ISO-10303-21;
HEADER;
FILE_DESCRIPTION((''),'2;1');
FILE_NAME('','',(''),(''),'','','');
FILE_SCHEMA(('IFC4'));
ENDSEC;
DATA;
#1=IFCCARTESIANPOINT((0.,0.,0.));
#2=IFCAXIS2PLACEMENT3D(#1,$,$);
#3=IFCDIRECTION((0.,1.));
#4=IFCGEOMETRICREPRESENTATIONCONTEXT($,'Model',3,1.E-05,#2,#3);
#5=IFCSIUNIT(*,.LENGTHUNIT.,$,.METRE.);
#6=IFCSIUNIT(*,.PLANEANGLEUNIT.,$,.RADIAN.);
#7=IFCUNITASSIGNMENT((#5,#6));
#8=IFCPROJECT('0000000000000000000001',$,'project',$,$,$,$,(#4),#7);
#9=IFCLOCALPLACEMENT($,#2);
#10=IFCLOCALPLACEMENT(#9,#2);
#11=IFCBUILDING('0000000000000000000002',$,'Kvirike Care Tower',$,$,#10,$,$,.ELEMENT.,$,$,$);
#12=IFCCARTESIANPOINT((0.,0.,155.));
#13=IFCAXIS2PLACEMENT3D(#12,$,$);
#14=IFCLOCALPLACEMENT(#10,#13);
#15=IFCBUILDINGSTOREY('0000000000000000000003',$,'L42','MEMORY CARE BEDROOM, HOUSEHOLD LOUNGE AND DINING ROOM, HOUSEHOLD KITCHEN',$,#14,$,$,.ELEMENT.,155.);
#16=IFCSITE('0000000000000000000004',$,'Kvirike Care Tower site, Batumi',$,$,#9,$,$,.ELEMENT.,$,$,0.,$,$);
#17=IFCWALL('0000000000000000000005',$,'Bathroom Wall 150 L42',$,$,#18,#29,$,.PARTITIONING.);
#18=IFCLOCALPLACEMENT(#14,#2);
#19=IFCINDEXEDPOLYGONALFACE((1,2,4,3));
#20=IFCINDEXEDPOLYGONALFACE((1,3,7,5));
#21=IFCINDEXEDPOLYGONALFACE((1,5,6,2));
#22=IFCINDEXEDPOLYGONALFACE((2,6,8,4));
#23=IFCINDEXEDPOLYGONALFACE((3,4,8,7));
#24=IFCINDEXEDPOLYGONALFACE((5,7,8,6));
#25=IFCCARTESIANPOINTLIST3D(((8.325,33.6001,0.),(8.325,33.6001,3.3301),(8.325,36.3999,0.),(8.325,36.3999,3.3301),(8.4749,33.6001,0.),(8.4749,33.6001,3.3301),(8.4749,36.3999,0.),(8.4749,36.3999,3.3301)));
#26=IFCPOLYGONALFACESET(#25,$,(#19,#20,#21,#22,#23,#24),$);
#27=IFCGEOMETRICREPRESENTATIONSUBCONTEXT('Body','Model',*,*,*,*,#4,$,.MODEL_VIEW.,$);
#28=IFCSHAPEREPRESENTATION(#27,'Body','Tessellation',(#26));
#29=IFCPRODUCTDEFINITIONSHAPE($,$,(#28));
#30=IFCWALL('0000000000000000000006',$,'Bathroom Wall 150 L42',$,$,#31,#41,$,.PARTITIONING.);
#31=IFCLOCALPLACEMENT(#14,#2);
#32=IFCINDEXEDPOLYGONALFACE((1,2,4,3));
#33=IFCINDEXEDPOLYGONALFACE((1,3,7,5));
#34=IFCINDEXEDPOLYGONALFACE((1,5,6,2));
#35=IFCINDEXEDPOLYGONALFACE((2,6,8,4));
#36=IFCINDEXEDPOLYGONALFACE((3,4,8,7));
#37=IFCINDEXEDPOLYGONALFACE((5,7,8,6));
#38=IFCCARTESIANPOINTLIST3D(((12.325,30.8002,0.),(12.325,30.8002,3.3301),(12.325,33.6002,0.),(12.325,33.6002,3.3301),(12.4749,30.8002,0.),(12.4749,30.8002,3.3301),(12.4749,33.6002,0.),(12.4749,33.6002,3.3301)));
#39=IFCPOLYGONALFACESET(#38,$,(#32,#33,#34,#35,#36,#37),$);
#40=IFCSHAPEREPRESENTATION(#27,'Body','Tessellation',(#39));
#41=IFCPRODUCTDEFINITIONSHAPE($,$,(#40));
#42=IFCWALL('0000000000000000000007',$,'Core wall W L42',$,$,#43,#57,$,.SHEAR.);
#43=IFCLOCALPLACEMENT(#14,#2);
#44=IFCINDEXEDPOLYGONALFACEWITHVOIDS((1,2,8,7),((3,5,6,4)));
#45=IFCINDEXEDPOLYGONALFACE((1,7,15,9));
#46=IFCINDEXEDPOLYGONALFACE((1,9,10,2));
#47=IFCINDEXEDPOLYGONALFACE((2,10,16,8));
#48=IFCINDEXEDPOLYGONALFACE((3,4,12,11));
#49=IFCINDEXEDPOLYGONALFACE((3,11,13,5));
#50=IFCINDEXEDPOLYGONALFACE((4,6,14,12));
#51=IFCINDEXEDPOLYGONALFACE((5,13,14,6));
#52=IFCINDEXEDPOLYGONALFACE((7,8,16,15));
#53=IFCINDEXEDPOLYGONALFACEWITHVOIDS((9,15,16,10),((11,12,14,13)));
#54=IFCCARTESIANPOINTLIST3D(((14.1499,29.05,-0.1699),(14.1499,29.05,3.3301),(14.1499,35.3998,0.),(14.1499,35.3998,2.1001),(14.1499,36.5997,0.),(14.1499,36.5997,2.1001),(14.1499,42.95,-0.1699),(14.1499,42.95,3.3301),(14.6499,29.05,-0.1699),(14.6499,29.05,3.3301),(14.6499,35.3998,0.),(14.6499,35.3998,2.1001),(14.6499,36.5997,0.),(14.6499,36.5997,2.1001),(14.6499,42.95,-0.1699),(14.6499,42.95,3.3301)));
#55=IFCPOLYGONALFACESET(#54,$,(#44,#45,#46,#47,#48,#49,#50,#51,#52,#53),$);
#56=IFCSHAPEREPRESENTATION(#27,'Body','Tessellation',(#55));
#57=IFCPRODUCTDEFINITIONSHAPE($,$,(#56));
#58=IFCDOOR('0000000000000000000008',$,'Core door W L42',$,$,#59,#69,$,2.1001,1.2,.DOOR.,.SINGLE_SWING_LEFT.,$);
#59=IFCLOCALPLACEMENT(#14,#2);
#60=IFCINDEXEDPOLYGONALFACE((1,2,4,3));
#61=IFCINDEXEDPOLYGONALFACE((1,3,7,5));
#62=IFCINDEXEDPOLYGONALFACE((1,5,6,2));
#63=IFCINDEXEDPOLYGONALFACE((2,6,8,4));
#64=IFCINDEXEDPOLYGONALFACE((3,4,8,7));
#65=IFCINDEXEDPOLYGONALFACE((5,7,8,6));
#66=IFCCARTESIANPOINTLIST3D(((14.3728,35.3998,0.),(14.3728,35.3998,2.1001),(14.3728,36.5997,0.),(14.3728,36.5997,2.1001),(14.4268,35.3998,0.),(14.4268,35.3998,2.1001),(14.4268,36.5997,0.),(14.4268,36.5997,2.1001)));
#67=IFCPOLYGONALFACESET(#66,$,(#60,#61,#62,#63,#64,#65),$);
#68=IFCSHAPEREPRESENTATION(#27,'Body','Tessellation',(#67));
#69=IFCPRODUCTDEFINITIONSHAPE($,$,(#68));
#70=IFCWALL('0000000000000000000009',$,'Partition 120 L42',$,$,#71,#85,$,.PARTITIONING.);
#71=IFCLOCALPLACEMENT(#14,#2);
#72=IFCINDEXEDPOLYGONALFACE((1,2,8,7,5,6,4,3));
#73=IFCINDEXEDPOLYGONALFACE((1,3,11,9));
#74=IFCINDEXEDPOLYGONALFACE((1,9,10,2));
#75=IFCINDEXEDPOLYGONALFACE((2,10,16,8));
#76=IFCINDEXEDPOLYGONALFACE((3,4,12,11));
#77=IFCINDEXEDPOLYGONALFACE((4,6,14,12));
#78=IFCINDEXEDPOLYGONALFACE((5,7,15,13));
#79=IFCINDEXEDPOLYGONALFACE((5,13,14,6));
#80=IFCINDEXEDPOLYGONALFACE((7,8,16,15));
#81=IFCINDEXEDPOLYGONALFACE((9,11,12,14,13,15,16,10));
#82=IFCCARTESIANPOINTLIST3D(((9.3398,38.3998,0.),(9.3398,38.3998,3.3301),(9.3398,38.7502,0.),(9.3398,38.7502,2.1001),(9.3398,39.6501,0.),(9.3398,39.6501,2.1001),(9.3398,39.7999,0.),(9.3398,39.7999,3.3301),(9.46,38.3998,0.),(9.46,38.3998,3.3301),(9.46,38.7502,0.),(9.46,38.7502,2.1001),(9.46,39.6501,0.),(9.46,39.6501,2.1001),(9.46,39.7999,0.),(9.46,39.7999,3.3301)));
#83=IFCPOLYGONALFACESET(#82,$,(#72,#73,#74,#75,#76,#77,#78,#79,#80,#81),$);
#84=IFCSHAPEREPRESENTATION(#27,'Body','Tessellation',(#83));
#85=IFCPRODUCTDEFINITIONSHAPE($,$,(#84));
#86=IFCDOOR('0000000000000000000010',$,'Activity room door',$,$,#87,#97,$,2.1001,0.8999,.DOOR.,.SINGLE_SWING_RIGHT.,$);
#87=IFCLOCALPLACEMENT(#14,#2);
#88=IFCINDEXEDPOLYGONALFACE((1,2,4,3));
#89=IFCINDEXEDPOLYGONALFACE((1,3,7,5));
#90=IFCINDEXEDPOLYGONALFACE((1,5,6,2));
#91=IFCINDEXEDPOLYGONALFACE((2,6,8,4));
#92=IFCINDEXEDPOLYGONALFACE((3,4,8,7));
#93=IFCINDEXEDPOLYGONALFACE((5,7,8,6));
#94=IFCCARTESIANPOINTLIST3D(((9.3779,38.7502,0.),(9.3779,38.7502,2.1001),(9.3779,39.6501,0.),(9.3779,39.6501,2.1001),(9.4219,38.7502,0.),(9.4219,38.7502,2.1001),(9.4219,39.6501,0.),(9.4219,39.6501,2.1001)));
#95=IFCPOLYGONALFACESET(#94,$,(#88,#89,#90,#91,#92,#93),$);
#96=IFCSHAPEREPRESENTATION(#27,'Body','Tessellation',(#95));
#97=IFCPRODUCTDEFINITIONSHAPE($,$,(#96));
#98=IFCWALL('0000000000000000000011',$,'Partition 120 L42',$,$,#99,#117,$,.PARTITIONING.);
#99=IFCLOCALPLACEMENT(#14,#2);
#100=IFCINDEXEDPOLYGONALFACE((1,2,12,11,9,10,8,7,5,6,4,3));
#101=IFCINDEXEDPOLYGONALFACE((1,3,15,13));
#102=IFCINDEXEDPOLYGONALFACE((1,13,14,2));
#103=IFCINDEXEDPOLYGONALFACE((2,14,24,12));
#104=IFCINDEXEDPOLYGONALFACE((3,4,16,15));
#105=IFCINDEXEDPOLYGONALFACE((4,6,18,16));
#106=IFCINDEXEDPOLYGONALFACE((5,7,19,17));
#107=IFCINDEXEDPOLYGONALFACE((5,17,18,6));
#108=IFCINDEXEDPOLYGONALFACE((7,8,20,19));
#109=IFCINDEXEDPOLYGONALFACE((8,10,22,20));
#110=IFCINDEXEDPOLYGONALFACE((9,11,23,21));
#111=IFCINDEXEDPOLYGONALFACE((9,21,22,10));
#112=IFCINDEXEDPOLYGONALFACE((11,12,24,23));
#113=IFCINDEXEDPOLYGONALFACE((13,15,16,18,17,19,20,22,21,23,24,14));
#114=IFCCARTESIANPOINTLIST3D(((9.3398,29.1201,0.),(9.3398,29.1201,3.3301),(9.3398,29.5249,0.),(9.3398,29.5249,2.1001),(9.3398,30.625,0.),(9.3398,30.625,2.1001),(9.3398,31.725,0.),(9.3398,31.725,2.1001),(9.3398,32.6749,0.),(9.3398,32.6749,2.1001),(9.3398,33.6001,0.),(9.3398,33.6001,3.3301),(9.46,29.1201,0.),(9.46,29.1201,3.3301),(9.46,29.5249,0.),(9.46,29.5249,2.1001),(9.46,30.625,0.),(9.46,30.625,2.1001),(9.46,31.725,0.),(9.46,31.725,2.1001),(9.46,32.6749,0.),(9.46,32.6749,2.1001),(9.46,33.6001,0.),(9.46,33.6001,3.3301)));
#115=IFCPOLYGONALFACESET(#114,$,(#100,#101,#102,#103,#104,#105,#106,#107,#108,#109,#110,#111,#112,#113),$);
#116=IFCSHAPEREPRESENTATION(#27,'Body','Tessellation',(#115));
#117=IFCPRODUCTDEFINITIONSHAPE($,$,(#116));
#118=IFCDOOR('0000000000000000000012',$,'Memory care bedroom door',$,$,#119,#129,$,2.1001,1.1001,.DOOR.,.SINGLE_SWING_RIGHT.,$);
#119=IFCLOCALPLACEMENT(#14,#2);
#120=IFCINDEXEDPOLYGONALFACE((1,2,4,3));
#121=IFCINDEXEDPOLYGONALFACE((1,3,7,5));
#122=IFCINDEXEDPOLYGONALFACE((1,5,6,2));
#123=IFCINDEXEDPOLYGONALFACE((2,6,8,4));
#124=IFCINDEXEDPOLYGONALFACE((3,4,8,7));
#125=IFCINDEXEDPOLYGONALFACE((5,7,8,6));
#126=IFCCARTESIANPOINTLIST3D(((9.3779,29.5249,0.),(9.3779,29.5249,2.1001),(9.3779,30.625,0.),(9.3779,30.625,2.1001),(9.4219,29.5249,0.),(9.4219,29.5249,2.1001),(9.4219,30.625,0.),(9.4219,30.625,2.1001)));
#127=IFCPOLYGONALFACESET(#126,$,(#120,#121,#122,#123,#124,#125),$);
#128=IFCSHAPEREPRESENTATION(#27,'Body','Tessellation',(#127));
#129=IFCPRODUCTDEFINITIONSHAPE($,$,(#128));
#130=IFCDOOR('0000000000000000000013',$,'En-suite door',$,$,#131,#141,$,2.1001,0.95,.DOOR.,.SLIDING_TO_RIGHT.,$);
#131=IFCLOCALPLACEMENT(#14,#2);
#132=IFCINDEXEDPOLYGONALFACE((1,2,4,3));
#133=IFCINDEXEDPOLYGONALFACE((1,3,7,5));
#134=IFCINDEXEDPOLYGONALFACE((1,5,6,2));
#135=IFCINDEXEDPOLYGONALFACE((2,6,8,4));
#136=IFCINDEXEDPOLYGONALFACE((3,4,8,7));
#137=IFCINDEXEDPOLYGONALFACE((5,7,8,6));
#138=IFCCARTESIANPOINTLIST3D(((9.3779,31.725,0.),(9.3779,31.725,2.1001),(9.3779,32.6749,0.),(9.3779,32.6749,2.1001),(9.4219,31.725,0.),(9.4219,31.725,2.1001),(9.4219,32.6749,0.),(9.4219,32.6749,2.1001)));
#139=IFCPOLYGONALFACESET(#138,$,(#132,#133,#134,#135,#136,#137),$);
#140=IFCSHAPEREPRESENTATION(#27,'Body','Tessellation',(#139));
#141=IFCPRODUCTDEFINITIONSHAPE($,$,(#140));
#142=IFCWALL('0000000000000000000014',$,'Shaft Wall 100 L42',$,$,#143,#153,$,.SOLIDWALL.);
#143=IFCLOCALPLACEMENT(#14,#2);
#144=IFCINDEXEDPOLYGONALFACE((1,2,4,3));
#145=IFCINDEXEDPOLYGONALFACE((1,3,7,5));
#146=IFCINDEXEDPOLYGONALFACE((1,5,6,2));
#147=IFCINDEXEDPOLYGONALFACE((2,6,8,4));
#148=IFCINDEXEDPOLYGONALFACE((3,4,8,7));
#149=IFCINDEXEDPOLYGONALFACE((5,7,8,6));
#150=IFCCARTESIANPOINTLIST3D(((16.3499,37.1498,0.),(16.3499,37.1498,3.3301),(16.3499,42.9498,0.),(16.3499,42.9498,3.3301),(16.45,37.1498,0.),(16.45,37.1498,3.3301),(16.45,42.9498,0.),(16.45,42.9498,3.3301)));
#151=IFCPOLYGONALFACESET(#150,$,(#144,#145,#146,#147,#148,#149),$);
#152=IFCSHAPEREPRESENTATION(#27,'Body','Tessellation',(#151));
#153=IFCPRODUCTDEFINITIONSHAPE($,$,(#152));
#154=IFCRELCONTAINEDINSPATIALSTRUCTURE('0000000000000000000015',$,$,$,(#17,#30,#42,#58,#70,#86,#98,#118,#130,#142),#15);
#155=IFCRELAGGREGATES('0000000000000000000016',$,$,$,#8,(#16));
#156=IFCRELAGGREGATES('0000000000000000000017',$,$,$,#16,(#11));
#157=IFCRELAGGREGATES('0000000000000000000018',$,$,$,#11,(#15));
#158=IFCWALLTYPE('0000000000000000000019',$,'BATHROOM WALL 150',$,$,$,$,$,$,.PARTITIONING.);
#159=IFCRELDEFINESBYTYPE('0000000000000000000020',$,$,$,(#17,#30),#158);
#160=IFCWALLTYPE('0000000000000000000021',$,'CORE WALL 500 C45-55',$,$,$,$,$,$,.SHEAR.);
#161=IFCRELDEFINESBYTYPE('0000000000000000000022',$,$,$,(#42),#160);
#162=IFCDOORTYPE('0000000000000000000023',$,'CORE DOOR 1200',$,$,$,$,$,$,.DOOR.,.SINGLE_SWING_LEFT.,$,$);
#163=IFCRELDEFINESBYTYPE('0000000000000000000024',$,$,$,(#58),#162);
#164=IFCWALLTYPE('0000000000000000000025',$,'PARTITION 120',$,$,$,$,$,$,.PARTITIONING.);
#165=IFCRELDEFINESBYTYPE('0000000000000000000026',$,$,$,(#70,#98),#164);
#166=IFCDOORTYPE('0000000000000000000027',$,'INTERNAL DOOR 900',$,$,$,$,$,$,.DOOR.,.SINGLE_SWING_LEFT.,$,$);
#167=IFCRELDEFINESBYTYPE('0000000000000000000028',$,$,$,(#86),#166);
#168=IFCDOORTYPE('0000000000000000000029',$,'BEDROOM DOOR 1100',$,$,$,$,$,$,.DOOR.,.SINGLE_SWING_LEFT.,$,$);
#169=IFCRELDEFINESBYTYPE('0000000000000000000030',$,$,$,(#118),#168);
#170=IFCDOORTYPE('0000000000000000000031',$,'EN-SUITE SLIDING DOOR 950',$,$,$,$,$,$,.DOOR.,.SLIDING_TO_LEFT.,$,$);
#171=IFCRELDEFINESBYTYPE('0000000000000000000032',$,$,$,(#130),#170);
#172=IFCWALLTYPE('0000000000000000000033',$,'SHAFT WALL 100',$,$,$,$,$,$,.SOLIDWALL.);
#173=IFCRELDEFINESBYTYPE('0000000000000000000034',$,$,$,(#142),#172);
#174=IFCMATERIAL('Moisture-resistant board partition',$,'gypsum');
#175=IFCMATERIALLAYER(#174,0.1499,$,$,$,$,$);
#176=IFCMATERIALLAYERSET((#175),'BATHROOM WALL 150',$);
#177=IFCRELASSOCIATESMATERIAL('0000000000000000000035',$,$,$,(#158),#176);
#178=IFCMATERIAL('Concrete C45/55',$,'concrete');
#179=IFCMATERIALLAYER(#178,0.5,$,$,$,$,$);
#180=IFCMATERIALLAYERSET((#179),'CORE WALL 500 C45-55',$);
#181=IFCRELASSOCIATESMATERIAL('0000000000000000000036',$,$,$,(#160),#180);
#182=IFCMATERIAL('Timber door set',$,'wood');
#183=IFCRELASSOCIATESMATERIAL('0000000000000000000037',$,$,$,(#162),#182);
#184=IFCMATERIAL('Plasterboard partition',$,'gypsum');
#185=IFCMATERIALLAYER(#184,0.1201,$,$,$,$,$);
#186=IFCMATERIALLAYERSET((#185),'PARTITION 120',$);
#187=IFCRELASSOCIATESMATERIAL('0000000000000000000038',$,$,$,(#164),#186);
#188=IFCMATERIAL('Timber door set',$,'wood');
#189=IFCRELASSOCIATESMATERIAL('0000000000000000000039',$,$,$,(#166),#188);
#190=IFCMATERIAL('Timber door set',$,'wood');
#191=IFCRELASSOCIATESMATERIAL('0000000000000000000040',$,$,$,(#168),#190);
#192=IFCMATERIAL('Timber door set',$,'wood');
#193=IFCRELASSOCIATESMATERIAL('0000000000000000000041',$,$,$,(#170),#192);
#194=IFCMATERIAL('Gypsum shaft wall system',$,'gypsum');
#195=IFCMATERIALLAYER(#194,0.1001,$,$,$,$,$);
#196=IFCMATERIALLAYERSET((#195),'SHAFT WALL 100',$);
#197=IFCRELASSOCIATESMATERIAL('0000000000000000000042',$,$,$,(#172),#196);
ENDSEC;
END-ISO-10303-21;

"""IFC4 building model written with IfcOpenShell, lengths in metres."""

from ifc_helpers import new_model, si_unit, direction, frame, frame_2d, origin, place, context, subcontext, project, spatial, rectangle, extrude, material, layer, layer_set, type_object, element, fill, save


model = new_model("IFC4")

# Units and contexts
model_context = context("Model", 3, precision=1e-05, world=origin(), true_north=direction((0.0, 1.0)))
body_context = subcontext(model_context, "Body", "Model", "MODEL_VIEW")
ifc_project = project(units=[si_unit("LENGTHUNIT", "METRE"), si_unit("PLANEANGLEUNIT", "RADIAN")], contexts=[model_context])

# Site, building, storey
site_placement = place(None, origin())
site = spatial("IfcSite", under=ifc_project, at=site_placement, Name="Kvirike Care Tower site, Batumi", CompositionType="ELEMENT", RefElevation=0.0)
building_placement = place(site_placement, origin())
building = spatial("IfcBuilding", under=site, at=building_placement, Name="Kvirike Care Tower", CompositionType="ELEMENT")
storey_placement = place(building_placement, frame((0.0, 0.0, 155.0)))
storey = spatial("IfcBuildingStorey", under=building, at=storey_placement, Name="L42", Description="MEMORY CARE BEDROOM, HOUSEHOLD LOUNGE AND DINING ROOM, HOUSEHOLD KITCHEN", CompositionType="ELEMENT", Elevation=155.0)

# Walls
ifc_material_1 = material(Name="Moisture-resistant board partition", Category="gypsum")
ifc_layer_1 = layer(ifc_material_1, 0.1499)
ifc_layer_set_1 = layer_set([ifc_layer_1], Name="BATHROOM WALL 150")
wall_type_1 = type_object("IfcWallType", Name="BATHROOM WALL 150", PredefinedType="PARTITIONING", material=ifc_layer_set_1)
wall_1_placement = place(storey_placement, frame((8.3999, 36.3999, 0.0), z_axis=(0.0, 0.0, 1.0), x_axis=(0.0, -1.0, 0.0)))
element("IfcWall", 1, at=wall_1_placement, inside=storey, type_object=wall_type_1, Name="Bathroom Wall 150 L42", PredefinedType="PARTITIONING", context=body_context, shape_type="SweptSolid", body=[
    extrude(rectangle(XDim=2.7998, YDim=0.1499, at=frame_2d((1.3999, 0.0))), origin(), (0.0, 0.0, 1.0), 3.3301),
])
wall_2_placement = place(storey_placement, frame((12.3999, 33.6001, 0.0), z_axis=(0.0, 0.0, 1.0), x_axis=(0.0, -1.0, 0.0)))
element("IfcWall", 2, at=wall_2_placement, inside=storey, type_object=wall_type_1, Name="Bathroom Wall 150 L42", PredefinedType="PARTITIONING", context=body_context, shape_type="SweptSolid", body=[
    extrude(rectangle(XDim=2.8, YDim=0.1499, at=frame_2d((1.3999, 0.0))), origin(), (0.0, 0.0, 1.0), 3.3301),
])

# Walls, openings, doors
ifc_material_2 = material(Name="Concrete C45/55", Category="concrete")
ifc_layer_2 = layer(ifc_material_2, 0.5)
ifc_layer_set_2 = layer_set([ifc_layer_2], Name="CORE WALL 500 C45-55")
wall_type_2 = type_object("IfcWallType", Name="CORE WALL 500 C45-55", PredefinedType="SHEAR", material=ifc_layer_set_2)
wall_3_placement = place(storey_placement, frame((14.3999, 42.95, -0.1699), z_axis=(0.0, 0.0, 1.0), x_axis=(0.0, -1.0, 0.0)))
wall_3 = element("IfcWall", 3, at=wall_3_placement, inside=storey, type_object=wall_type_2, Name="Core wall W L42", PredefinedType="SHEAR", context=body_context, shape_type="SweptSolid", body=[
    extrude(rectangle(XDim=13.8999, YDim=0.5, at=frame_2d((6.95, 0.0))), origin(), (0.0, 0.0, 1.0), 3.5),
])
opening_1_placement = place(wall_3_placement, frame((6.3501, 0.0, 0.1699)))
opening_1 = element("IfcOpeningElement", 4, at=opening_1_placement, cuts=wall_3, PredefinedType="OPENING", context=body_context, shape_type="SweptSolid", body=[
    extrude(rectangle(XDim=1.2, YDim=2.1001, at=frame_2d((0.6001, 1.05))), frame((0.0, 0.2605, 0.0), z_axis=(0.0, -1.0, 0.0), x_axis=(1.0, 0.0, 0.0)), (0.0, 0.0, 1.0), 0.521),
])
ifc_material_3 = material(Name="Timber door set", Category="wood")
door_type_1 = type_object("IfcDoorType", Name="CORE DOOR 1200", OperationType="SINGLE_SWING_LEFT", PredefinedType="DOOR", material=ifc_material_3)
door_1_placement = place(opening_1_placement, origin())
door_1 = element("IfcDoor", 5, at=door_1_placement, inside=storey, type_object=door_type_1, Name="Core door W L42", OperationType="SINGLE_SWING_LEFT", OverallHeight=2.1001, OverallWidth=1.2, PredefinedType="DOOR", context=body_context, shape_type="SweptSolid", body=[
    extrude(rectangle(XDim=1.2, YDim=2.1001, at=frame_2d((0.6001, 1.05))), frame((0.0, 0.0269, 0.0), z_axis=(0.0, -1.0, 0.0), x_axis=(1.0, 0.0, 0.0)), (0.0, 0.0, 1.0), 0.054),
])
fill(opening_1, door_1)
ifc_material_4 = material(Name="Plasterboard partition", Category="gypsum")
ifc_layer_3 = layer(ifc_material_4, 0.1201)
ifc_layer_set_3 = layer_set([ifc_layer_3], Name="PARTITION 120")
wall_type_3 = type_object("IfcWallType", Name="PARTITION 120", PredefinedType="PARTITIONING", material=ifc_layer_set_3)
wall_4_placement = place(storey_placement, frame((9.3999, 39.8, 0.0), z_axis=(0.0, 0.0, 1.0), x_axis=(0.0, -1.0, 0.0)))
wall_4 = element("IfcWall", 6, at=wall_4_placement, inside=storey, type_object=wall_type_3, Name="Partition 120 L42", PredefinedType="PARTITIONING", context=body_context, shape_type="SweptSolid", body=[
    extrude(rectangle(XDim=1.4001, YDim=0.1201, at=frame_2d((0.7002, 0.0))), origin(), (0.0, 0.0, 1.0), 3.3301),
])
opening_2_placement = place(wall_4_placement, frame((0.1499, 0.0, 0.0)))
opening_2 = element("IfcOpeningElement", 7, at=opening_2_placement, cuts=wall_4, PredefinedType="OPENING", context=body_context, shape_type="SweptSolid", body=[
    extrude(rectangle(XDim=0.8999, YDim=2.1001, at=frame_2d((0.45, 1.05))), frame((0.0, 0.0706, 0.0), z_axis=(0.0, -1.0, 0.0), x_axis=(1.0, 0.0, 0.0)), (0.0, 0.0, 1.0), 0.1411),
])
ifc_material_5 = material(Name="Timber door set", Category="wood")
door_type_2 = type_object("IfcDoorType", Name="INTERNAL DOOR 900", OperationType="SINGLE_SWING_LEFT", PredefinedType="DOOR", material=ifc_material_5)
door_2_placement = place(opening_2_placement, origin())
door_2 = element("IfcDoor", 8, at=door_2_placement, inside=storey, type_object=door_type_2, Name="Activity room door", OperationType="SINGLE_SWING_RIGHT", OverallHeight=2.1001, OverallWidth=0.8999, PredefinedType="DOOR", context=body_context, shape_type="SweptSolid", body=[
    extrude(rectangle(XDim=0.8999, YDim=2.1001, at=frame_2d((0.45, 1.05))), frame((0.0, 0.022, 0.0), z_axis=(0.0, -1.0, 0.0), x_axis=(1.0, 0.0, 0.0)), (0.0, 0.0, 1.0), 0.0439),
])
fill(opening_2, door_2)

# Wall, openings, doors
wall_5_placement = place(storey_placement, frame((9.3999, 33.6001, 0.0), z_axis=(0.0, 0.0, 1.0), x_axis=(0.0, -1.0, 0.0)))
wall_5 = element("IfcWall", 9, at=wall_5_placement, inside=storey, type_object=wall_type_3, Name="Partition 120 L42", PredefinedType="PARTITIONING", context=body_context, shape_type="SweptSolid", body=[
    extrude(rectangle(XDim=4.48, YDim=0.1201, at=frame_2d((2.24, 0.0))), origin(), (0.0, 0.0, 1.0), 3.3301),
])
opening_3_placement = place(wall_5_placement, frame((2.9751, 0.0, 0.0)))
opening_3 = element("IfcOpeningElement", 10, at=opening_3_placement, cuts=wall_5, PredefinedType="OPENING", context=body_context, shape_type="SweptSolid", body=[
    extrude(rectangle(XDim=1.1001, YDim=2.1001, at=frame_2d((0.55, 1.05))), frame((0.0, 0.0706, 0.0), z_axis=(0.0, -1.0, 0.0), x_axis=(1.0, 0.0, 0.0)), (0.0, 0.0, 1.0), 0.1411),
])
opening_4_placement = place(wall_5_placement, frame((0.925, 0.0, 0.0)))
opening_4 = element("IfcOpeningElement", 11, at=opening_4_placement, cuts=wall_5, PredefinedType="OPENING", context=body_context, shape_type="SweptSolid", body=[
    extrude(rectangle(XDim=0.95, YDim=2.1001, at=frame_2d((0.4751, 1.05))), frame((0.0, 0.0706, 0.0), z_axis=(0.0, -1.0, 0.0), x_axis=(1.0, 0.0, 0.0)), (0.0, 0.0, 1.0), 0.1411),
])
ifc_material_6 = material(Name="Timber door set", Category="wood")
door_type_3 = type_object("IfcDoorType", Name="BEDROOM DOOR 1100", OperationType="SINGLE_SWING_LEFT", PredefinedType="DOOR", material=ifc_material_6)
door_3_placement = place(opening_3_placement, origin())
door_3 = element("IfcDoor", 12, at=door_3_placement, inside=storey, type_object=door_type_3, Name="Memory care bedroom door", OperationType="SINGLE_SWING_RIGHT", OverallHeight=2.1001, OverallWidth=1.1001, PredefinedType="DOOR", context=body_context, shape_type="SweptSolid", body=[
    extrude(rectangle(XDim=1.1001, YDim=2.1001, at=frame_2d((0.55, 1.05))), frame((0.0, 0.022, 0.0), z_axis=(0.0, -1.0, 0.0), x_axis=(1.0, 0.0, 0.0)), (0.0, 0.0, 1.0), 0.0439),
])
fill(opening_3, door_3)
ifc_material_7 = material(Name="Timber door set", Category="wood")
door_type_4 = type_object("IfcDoorType", Name="EN-SUITE SLIDING DOOR 950", OperationType="SLIDING_TO_LEFT", PredefinedType="DOOR", material=ifc_material_7)
door_4_placement = place(opening_4_placement, origin())
door_4 = element("IfcDoor", 13, at=door_4_placement, inside=storey, type_object=door_type_4, Name="En-suite door", OperationType="SLIDING_TO_RIGHT", OverallHeight=2.1001, OverallWidth=0.95, PredefinedType="DOOR", context=body_context, shape_type="SweptSolid", body=[
    extrude(rectangle(XDim=0.95, YDim=2.1001, at=frame_2d((0.4751, 1.05))), frame((0.0, 0.022, 0.0), z_axis=(0.0, -1.0, 0.0), x_axis=(1.0, 0.0, 0.0)), (0.0, 0.0, 1.0), 0.0439),
])
fill(opening_4, door_4)

# Wall
ifc_material_8 = material(Name="Gypsum shaft wall system", Category="gypsum")
ifc_layer_4 = layer(ifc_material_8, 0.1001)
ifc_layer_set_4 = layer_set([ifc_layer_4], Name="SHAFT WALL 100")
wall_type_4 = type_object("IfcWallType", Name="SHAFT WALL 100", PredefinedType="SOLIDWALL", material=ifc_layer_set_4)
wall_6_placement = place(storey_placement, frame((16.3999, 37.1499, 0.0), z_axis=(0.0, 0.0, 1.0), x_axis=(0.0, 1.0, 0.0)))
element("IfcWall", 14, at=wall_6_placement, inside=storey, type_object=wall_type_4, Name="Shaft Wall 100 L42", PredefinedType="SOLIDWALL", context=body_context, shape_type="SweptSolid", body=[
    extrude(rectangle(XDim=5.8, YDim=0.1001, at=frame_2d((2.8999, 0.0))), origin(), (0.0, 0.0, 1.0), 3.3301),
])

save(model, "model.ifc")
